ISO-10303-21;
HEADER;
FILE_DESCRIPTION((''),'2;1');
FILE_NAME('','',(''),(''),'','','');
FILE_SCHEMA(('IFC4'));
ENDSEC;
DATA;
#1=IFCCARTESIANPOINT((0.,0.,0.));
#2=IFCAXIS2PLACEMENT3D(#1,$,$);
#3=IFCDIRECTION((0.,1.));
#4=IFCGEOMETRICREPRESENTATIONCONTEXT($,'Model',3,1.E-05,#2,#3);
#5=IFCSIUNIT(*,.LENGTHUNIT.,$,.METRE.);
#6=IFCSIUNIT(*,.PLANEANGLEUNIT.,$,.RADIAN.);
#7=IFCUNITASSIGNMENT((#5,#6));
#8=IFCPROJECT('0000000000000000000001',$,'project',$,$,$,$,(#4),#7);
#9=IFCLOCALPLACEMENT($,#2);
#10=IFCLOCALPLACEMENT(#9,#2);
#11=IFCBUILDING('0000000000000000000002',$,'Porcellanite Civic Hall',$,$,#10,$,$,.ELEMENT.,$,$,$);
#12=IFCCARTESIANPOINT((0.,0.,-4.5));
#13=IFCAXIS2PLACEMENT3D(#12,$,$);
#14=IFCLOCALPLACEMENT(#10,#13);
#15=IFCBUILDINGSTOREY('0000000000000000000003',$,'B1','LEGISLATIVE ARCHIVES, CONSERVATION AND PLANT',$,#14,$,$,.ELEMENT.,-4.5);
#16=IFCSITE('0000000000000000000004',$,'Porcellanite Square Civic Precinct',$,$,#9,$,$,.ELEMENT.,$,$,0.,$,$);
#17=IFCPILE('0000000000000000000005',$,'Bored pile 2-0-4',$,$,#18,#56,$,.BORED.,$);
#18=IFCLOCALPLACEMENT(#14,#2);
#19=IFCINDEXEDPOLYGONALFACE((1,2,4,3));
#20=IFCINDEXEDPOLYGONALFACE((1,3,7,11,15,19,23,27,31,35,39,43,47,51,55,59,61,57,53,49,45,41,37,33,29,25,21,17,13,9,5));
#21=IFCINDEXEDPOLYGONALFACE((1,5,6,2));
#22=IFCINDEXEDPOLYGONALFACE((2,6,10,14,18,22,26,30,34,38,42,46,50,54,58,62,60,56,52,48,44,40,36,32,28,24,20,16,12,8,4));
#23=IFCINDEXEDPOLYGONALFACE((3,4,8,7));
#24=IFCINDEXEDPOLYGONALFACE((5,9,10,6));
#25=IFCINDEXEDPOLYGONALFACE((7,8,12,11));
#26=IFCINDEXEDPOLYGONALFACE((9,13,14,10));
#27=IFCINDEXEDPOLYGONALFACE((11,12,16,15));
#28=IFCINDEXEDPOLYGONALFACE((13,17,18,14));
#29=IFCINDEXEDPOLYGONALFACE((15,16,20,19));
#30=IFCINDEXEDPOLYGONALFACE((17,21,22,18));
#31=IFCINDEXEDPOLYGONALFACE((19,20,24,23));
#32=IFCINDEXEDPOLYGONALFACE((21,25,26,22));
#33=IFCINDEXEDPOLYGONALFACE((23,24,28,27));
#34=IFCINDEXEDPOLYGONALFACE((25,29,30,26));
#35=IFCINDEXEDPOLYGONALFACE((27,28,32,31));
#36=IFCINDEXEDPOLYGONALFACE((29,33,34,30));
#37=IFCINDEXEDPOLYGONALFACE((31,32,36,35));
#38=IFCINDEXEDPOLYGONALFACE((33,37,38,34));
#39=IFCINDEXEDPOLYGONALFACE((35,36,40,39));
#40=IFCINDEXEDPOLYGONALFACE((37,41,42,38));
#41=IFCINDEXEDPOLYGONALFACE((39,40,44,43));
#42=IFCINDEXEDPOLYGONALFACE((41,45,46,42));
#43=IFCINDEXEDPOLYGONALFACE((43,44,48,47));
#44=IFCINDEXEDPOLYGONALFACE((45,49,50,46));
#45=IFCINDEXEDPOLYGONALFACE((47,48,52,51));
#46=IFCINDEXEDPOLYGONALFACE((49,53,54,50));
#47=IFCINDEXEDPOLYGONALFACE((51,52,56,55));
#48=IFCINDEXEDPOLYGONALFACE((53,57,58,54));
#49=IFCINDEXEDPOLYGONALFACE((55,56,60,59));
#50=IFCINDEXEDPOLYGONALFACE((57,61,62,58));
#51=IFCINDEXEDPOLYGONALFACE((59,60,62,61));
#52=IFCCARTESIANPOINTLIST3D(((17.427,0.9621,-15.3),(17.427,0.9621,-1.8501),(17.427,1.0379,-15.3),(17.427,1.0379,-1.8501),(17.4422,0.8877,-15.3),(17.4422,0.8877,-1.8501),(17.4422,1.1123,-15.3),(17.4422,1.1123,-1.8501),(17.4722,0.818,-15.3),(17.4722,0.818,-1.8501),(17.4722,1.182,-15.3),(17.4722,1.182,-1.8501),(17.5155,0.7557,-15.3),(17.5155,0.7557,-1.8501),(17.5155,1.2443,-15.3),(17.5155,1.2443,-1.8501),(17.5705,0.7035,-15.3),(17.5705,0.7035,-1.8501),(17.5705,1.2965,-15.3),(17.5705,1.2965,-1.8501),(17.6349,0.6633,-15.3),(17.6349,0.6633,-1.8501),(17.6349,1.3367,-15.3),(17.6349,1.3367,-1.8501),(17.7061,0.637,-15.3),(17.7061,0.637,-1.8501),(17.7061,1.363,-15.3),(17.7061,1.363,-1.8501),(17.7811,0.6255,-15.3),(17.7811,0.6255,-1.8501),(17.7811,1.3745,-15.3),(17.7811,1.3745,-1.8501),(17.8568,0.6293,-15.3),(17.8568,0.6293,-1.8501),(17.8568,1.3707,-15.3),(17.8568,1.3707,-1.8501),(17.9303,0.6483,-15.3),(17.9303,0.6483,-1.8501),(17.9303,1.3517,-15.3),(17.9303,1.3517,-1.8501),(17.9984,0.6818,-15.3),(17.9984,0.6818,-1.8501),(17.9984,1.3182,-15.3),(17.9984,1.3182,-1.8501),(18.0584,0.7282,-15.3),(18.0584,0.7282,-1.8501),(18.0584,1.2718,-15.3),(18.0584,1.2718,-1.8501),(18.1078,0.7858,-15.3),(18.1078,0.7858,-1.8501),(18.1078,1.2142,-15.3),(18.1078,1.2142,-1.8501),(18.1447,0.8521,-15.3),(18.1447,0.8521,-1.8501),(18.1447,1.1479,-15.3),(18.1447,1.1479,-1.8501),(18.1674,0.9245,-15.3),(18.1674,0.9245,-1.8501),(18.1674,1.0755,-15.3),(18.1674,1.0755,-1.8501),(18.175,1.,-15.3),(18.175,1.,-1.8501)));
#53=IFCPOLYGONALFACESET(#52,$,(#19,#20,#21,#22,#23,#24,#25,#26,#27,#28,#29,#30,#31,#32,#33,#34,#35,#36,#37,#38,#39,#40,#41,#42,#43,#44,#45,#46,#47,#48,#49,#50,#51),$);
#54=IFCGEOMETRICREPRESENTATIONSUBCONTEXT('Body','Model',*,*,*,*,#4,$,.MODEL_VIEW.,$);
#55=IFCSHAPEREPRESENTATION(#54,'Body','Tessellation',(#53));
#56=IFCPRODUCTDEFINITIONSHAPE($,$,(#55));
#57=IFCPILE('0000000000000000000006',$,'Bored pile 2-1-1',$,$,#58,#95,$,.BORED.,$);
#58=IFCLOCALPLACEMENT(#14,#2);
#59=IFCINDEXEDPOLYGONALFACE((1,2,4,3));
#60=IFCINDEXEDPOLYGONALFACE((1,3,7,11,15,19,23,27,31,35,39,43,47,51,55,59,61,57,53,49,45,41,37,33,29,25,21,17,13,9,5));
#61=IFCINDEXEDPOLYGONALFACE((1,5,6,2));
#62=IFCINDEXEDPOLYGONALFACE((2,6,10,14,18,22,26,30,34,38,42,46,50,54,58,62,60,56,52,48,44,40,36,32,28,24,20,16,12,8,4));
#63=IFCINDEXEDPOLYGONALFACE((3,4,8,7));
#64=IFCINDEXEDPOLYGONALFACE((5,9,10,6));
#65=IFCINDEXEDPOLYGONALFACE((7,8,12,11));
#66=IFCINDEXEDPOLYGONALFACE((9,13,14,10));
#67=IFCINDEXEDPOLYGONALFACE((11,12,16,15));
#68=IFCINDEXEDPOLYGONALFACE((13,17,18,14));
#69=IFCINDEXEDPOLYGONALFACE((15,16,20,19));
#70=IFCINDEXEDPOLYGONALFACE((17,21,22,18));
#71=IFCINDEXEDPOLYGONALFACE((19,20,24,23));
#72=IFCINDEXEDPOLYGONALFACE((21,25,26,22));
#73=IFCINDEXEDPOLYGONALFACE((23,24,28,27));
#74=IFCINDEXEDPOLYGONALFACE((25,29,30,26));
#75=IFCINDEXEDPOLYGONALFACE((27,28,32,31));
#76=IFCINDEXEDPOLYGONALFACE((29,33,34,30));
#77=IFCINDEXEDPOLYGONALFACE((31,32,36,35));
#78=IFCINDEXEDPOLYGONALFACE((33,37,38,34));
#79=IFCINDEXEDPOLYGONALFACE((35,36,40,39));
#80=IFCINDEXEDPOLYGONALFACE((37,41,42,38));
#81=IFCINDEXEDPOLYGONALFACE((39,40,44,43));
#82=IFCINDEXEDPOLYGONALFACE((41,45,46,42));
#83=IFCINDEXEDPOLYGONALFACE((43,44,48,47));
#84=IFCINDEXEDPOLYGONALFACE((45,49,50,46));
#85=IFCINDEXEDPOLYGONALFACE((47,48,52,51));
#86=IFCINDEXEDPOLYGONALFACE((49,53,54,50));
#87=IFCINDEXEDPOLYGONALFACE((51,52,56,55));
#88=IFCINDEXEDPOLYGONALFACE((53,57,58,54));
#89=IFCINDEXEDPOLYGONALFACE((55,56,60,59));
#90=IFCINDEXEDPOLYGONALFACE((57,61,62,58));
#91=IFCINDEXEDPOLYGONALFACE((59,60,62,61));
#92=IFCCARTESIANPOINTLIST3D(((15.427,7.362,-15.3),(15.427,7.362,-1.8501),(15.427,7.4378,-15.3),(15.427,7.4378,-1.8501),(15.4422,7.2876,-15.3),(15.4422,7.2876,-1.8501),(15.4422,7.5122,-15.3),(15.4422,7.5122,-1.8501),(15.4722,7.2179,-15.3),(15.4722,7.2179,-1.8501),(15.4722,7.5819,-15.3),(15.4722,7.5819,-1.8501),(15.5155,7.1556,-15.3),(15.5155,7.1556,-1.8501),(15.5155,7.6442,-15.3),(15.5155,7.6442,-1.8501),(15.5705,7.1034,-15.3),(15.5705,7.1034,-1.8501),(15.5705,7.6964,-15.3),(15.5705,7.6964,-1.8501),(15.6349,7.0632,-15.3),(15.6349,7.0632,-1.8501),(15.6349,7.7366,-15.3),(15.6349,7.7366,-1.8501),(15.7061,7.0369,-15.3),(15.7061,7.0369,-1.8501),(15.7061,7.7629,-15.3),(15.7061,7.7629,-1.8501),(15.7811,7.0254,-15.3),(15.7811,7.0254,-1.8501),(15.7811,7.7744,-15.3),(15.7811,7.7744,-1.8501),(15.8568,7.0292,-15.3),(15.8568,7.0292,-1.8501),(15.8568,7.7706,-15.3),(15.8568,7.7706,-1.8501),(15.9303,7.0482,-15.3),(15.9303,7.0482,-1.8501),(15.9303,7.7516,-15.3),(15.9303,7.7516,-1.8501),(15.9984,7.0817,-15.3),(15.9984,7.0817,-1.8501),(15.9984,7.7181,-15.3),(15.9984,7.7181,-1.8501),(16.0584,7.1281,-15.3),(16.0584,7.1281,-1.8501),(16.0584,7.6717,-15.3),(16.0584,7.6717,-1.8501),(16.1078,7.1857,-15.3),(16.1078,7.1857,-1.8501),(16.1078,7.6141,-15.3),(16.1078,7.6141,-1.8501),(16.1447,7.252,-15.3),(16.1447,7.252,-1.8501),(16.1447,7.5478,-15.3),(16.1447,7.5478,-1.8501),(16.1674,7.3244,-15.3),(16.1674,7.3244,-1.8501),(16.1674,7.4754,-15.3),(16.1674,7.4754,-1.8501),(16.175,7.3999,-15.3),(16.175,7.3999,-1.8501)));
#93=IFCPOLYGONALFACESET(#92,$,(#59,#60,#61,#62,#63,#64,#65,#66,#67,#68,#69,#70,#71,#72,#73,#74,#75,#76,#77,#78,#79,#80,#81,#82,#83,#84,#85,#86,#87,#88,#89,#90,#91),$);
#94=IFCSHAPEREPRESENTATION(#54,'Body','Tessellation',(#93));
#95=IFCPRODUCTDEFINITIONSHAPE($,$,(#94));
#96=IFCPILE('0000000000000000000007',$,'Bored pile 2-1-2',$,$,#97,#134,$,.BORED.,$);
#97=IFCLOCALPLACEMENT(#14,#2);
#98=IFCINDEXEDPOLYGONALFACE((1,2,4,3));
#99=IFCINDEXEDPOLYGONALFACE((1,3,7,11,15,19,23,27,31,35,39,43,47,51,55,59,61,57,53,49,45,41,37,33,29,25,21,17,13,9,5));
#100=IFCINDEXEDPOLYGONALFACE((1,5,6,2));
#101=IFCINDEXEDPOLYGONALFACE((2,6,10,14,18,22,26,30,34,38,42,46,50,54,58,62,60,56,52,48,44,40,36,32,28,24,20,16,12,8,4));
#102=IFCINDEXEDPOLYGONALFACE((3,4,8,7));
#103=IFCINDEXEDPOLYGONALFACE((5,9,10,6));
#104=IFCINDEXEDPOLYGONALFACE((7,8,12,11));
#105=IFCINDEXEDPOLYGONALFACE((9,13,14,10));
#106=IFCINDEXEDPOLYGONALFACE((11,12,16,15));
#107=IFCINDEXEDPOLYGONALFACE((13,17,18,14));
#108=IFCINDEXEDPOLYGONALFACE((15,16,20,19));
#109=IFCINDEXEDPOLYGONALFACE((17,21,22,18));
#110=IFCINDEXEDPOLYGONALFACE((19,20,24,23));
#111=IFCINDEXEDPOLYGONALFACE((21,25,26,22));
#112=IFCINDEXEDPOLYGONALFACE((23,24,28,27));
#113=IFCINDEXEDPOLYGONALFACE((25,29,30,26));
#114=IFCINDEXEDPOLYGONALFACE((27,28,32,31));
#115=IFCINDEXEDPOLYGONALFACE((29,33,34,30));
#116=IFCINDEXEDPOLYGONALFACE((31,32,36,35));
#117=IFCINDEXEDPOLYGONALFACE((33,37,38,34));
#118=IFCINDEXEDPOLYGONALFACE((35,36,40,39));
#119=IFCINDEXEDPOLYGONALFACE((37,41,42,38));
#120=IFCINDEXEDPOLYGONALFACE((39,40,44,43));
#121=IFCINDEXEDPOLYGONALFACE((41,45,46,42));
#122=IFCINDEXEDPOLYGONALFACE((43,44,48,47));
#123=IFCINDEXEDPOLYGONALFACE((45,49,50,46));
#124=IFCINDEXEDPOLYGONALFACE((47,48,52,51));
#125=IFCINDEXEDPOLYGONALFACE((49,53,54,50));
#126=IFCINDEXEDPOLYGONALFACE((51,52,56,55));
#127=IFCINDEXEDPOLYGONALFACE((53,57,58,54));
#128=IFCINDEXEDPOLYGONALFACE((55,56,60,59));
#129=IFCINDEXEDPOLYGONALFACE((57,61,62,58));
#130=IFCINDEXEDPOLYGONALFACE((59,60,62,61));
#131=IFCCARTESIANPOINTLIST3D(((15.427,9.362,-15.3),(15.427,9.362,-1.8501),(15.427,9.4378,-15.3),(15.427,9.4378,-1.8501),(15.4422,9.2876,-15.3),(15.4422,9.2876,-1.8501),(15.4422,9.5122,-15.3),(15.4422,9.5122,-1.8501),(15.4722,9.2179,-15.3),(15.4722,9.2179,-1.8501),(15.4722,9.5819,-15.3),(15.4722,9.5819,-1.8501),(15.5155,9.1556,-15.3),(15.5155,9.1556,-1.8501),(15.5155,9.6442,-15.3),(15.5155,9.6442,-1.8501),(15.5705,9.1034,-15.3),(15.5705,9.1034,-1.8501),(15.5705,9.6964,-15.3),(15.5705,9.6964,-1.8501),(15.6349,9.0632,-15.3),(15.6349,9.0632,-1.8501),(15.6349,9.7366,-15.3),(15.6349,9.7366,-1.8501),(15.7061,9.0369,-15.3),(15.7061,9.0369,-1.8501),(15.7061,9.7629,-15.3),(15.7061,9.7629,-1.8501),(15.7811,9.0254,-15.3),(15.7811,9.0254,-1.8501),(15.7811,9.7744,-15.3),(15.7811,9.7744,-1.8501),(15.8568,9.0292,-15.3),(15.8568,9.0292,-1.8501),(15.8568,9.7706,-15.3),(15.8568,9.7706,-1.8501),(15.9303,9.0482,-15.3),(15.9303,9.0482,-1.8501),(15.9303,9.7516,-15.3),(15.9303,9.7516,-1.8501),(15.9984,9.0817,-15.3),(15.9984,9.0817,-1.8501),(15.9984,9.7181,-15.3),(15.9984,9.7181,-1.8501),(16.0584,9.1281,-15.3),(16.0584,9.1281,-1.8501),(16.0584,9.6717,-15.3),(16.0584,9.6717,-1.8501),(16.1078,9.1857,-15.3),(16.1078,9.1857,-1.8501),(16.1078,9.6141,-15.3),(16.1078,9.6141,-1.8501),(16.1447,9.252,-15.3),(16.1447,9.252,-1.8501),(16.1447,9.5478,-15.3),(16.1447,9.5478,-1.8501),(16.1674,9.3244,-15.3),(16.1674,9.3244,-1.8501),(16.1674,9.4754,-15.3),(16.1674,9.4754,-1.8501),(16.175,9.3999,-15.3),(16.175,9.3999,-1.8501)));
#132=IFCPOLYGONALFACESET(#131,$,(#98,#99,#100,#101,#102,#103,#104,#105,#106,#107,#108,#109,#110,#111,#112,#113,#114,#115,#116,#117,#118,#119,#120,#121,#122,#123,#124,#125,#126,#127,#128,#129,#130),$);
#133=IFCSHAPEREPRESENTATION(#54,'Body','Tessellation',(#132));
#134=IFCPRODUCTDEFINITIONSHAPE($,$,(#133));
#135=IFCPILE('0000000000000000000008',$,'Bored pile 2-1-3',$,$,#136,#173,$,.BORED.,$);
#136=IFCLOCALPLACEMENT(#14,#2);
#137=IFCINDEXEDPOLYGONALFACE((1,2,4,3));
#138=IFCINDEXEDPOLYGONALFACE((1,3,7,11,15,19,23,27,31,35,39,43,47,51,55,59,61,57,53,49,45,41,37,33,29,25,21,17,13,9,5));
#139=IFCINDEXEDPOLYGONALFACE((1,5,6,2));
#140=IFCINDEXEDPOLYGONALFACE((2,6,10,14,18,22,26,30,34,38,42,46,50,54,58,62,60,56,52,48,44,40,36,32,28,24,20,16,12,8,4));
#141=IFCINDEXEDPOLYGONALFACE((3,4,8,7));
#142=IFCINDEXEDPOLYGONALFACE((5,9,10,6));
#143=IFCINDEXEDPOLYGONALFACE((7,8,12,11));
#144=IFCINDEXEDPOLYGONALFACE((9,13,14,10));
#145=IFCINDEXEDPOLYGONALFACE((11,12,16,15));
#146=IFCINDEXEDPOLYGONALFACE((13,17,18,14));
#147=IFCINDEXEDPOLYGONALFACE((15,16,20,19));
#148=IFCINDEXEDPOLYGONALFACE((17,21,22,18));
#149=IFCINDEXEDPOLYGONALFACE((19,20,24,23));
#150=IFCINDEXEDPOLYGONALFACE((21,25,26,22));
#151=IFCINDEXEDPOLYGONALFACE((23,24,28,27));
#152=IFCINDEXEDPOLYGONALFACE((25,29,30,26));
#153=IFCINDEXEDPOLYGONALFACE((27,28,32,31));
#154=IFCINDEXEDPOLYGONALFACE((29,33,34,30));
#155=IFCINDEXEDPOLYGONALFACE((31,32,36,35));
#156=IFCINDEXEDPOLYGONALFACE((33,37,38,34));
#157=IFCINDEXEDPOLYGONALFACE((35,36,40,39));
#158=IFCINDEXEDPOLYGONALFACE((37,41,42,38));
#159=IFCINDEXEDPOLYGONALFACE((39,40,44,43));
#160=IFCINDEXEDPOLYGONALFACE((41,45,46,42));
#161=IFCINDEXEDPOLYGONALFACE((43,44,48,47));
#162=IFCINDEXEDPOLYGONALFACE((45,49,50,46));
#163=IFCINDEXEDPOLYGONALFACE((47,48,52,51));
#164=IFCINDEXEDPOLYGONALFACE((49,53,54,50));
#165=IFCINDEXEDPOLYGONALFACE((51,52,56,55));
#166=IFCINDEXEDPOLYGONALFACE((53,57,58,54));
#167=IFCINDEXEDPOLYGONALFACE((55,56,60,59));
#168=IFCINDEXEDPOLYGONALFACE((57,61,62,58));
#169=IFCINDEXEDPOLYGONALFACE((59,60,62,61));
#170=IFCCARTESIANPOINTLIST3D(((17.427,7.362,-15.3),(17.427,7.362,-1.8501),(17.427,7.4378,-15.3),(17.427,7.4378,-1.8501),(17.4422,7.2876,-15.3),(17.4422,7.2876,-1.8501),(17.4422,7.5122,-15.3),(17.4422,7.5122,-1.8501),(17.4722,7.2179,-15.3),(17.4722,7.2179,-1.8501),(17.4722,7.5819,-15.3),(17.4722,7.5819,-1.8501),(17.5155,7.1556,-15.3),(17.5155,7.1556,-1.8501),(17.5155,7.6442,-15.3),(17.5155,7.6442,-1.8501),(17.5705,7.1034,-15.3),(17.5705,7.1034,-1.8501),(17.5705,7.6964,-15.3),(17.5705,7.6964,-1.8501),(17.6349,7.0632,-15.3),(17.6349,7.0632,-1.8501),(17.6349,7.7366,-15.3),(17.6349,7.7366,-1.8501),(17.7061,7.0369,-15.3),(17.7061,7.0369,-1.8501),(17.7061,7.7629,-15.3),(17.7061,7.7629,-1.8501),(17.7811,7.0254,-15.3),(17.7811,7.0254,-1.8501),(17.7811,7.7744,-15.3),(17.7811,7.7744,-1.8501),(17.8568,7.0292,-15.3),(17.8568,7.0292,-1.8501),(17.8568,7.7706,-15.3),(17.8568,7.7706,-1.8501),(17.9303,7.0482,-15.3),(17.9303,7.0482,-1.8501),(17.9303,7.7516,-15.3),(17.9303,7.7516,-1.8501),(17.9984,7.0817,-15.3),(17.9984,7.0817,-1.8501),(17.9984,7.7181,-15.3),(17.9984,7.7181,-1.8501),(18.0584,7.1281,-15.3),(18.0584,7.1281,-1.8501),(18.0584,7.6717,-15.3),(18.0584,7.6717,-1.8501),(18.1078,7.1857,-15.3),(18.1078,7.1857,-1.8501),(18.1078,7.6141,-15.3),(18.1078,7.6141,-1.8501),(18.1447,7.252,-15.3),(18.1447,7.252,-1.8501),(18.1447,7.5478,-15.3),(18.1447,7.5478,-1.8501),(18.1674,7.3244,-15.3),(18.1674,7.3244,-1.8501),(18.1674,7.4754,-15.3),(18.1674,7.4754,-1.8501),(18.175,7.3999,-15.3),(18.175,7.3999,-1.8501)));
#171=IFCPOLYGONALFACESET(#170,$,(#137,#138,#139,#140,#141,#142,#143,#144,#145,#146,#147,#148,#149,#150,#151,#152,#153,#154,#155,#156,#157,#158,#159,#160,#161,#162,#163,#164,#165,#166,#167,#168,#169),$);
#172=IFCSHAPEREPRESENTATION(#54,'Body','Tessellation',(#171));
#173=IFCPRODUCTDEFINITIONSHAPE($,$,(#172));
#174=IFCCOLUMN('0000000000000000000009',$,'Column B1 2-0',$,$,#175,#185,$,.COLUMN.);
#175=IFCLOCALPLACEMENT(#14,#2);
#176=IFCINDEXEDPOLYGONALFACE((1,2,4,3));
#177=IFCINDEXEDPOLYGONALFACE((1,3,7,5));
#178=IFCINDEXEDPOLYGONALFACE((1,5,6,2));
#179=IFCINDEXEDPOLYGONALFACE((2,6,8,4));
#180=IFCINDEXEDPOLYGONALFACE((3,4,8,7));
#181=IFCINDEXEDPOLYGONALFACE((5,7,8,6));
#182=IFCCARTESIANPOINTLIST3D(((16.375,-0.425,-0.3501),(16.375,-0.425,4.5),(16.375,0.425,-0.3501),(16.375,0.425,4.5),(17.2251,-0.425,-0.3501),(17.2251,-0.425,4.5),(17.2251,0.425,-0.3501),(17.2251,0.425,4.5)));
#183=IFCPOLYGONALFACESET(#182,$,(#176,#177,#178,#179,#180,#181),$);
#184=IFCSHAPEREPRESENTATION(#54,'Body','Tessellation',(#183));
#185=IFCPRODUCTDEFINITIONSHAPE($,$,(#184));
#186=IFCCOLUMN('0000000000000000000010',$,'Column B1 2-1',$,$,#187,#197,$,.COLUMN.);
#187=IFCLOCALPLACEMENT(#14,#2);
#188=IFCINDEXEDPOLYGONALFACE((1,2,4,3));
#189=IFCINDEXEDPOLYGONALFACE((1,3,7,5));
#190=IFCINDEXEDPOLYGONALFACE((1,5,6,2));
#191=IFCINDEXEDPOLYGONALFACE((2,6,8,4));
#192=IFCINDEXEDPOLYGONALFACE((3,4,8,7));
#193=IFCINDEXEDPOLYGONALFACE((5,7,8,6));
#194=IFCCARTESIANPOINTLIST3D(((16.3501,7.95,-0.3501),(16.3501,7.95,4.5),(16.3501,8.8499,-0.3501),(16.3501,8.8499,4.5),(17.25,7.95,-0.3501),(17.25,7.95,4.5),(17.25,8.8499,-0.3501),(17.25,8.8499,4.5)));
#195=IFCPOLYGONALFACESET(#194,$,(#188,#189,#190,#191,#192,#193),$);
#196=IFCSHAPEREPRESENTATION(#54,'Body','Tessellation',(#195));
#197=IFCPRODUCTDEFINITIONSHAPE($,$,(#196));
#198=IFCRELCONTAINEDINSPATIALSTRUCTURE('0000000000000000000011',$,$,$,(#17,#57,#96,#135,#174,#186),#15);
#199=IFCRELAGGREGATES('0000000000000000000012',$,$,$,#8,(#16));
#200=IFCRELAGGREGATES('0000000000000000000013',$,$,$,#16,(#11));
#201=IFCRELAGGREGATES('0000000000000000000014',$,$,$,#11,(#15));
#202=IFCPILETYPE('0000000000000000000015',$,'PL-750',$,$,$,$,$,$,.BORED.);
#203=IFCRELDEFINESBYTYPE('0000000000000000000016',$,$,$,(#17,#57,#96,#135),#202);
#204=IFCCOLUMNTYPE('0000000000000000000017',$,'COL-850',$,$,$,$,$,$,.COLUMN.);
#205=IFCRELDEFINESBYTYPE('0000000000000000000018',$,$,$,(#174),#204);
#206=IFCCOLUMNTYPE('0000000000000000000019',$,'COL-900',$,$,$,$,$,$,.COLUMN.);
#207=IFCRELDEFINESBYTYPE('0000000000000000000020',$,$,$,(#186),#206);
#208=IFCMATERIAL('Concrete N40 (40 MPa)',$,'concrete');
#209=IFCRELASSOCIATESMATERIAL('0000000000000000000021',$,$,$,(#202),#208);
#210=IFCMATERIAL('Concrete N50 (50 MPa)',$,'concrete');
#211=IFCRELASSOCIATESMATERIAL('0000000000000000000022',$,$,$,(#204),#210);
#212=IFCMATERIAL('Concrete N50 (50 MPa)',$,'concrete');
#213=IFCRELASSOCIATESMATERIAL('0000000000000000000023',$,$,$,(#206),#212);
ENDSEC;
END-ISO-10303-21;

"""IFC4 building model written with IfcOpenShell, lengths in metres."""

from ifc_helpers import new_model, si_unit, direction, frame, origin, origin_2d, place, context, subcontext, project, spatial, rectangle, circle, extrude, material, material_profile, profile_set, type_object, element, save


model = new_model("IFC4")

# Units and contexts
model_context = context("Model", 3, precision=1e-05, world=origin(), true_north=direction((0.0, 1.0)))
body_context = subcontext(model_context, "Body", "Model", "MODEL_VIEW")
ifc_project = project(units=[si_unit("LENGTHUNIT", "METRE"), si_unit("PLANEANGLEUNIT", "RADIAN")], contexts=[model_context])

# Site, building, storey
site_placement = place(None, origin())
site = spatial("IfcSite", under=ifc_project, at=site_placement, Name="Porcellanite Square Civic Precinct", CompositionType="ELEMENT", RefElevation=0.0)
building_placement = place(site_placement, origin())
building = spatial("IfcBuilding", under=site, at=building_placement, Name="Porcellanite Civic Hall", CompositionType="ELEMENT")
storey_placement = place(building_placement, frame((0.0, 0.0, -4.5)))
storey = spatial("IfcBuildingStorey", under=building, at=storey_placement, Name="B1", Description="LEGISLATIVE ARCHIVES, CONSERVATION AND PLANT", CompositionType="ELEMENT", Elevation=-4.5)

# Piles
ifc_material_1 = material(Name="Concrete N40 (40 MPa)", Category="concrete")
ifc_material_profile_1 = material_profile(ifc_material_1, circle(Radius=0.375, at=origin_2d()), Name="PILE-D750")
ifc_profile_set_1 = profile_set([ifc_material_profile_1], Name="Concrete N40 (40 MPa)")
pile_type = type_object("IfcPileType", Name="PL-750", PredefinedType="BORED", material=ifc_profile_set_1)
for number, where, z_axis, x_axis, name in (
    (1, (17.8, 1.0, -1.8501), (0.0, 0.0, -1.0), (1.0, 0.0, 0.0), "Bored pile 2-0-4"),
    (2, (15.8, 7.3999, -1.8501), (0.0, 0.0, -1.0), (1.0, 0.0, 0.0), "Bored pile 2-1-1"),
    (3, (15.8, 9.3999, -1.8501), (0.0, 0.0, -1.0), (1.0, 0.0, 0.0), "Bored pile 2-1-2"),
    (4, (17.8, 7.3999, -1.8501), (0.0, 0.0, -1.0), (1.0, 0.0, 0.0), "Bored pile 2-1-3"),
):
    element("IfcPile", number, at=place(storey_placement, frame(where, z_axis=z_axis, x_axis=x_axis)), inside=storey, type_object=pile_type, Name=name, PredefinedType="BORED", context=body_context, shape_type="SweptSolid", body=[
        extrude(circle(Radius=0.375, at=origin_2d()), origin(), (0.0, 0.0, 1.0), 13.45),
    ])

# Columns
ifc_material_2 = material(Name="Concrete N50 (50 MPa)", Category="concrete")
ifc_material_profile_2 = material_profile(ifc_material_2, rectangle(XDim=0.8501, YDim=0.8501, at=origin_2d()), Name="RC-850x850")
ifc_profile_set_2 = profile_set([ifc_material_profile_2], Name="Concrete N50 (50 MPa)")
column_type_1 = type_object("IfcColumnType", Name="COL-850", PredefinedType="COLUMN", material=ifc_profile_set_2)
column_1_placement = place(storey_placement, frame((16.8, 0.0, -0.3501), z_axis=(0.0, 0.0, 1.0), x_axis=(1.0, 0.0, 0.0)))
element("IfcColumn", 5, at=column_1_placement, inside=storey, type_object=column_type_1, Name="Column B1 2-0", PredefinedType="COLUMN", context=body_context, shape_type="SweptSolid", body=[
    extrude(rectangle(XDim=0.8501, YDim=0.8501, at=origin_2d()), origin(), (0.0, 0.0, 1.0), 4.8501),
])
ifc_material_3 = material(Name="Concrete N50 (50 MPa)", Category="concrete")
ifc_material_profile_3 = material_profile(ifc_material_3, rectangle(XDim=0.8999, YDim=0.8999, at=origin_2d()), Name="RC-900x900")
ifc_profile_set_3 = profile_set([ifc_material_profile_3], Name="Concrete N50 (50 MPa)")
column_type_2 = type_object("IfcColumnType", Name="COL-900", PredefinedType="COLUMN", material=ifc_profile_set_3)
column_2_placement = place(storey_placement, frame((16.8, 8.3999, -0.3501), z_axis=(0.0, 0.0, 1.0), x_axis=(1.0, 0.0, 0.0)))
element("IfcColumn", 6, at=column_2_placement, inside=storey, type_object=column_type_2, Name="Column B1 2-1", PredefinedType="COLUMN", context=body_context, shape_type="SweptSolid", body=[
    extrude(rectangle(XDim=0.8999, YDim=0.8999, at=origin_2d()), origin(), (0.0, 0.0, 1.0), 4.8501),
])

save(model, "model.ifc")
